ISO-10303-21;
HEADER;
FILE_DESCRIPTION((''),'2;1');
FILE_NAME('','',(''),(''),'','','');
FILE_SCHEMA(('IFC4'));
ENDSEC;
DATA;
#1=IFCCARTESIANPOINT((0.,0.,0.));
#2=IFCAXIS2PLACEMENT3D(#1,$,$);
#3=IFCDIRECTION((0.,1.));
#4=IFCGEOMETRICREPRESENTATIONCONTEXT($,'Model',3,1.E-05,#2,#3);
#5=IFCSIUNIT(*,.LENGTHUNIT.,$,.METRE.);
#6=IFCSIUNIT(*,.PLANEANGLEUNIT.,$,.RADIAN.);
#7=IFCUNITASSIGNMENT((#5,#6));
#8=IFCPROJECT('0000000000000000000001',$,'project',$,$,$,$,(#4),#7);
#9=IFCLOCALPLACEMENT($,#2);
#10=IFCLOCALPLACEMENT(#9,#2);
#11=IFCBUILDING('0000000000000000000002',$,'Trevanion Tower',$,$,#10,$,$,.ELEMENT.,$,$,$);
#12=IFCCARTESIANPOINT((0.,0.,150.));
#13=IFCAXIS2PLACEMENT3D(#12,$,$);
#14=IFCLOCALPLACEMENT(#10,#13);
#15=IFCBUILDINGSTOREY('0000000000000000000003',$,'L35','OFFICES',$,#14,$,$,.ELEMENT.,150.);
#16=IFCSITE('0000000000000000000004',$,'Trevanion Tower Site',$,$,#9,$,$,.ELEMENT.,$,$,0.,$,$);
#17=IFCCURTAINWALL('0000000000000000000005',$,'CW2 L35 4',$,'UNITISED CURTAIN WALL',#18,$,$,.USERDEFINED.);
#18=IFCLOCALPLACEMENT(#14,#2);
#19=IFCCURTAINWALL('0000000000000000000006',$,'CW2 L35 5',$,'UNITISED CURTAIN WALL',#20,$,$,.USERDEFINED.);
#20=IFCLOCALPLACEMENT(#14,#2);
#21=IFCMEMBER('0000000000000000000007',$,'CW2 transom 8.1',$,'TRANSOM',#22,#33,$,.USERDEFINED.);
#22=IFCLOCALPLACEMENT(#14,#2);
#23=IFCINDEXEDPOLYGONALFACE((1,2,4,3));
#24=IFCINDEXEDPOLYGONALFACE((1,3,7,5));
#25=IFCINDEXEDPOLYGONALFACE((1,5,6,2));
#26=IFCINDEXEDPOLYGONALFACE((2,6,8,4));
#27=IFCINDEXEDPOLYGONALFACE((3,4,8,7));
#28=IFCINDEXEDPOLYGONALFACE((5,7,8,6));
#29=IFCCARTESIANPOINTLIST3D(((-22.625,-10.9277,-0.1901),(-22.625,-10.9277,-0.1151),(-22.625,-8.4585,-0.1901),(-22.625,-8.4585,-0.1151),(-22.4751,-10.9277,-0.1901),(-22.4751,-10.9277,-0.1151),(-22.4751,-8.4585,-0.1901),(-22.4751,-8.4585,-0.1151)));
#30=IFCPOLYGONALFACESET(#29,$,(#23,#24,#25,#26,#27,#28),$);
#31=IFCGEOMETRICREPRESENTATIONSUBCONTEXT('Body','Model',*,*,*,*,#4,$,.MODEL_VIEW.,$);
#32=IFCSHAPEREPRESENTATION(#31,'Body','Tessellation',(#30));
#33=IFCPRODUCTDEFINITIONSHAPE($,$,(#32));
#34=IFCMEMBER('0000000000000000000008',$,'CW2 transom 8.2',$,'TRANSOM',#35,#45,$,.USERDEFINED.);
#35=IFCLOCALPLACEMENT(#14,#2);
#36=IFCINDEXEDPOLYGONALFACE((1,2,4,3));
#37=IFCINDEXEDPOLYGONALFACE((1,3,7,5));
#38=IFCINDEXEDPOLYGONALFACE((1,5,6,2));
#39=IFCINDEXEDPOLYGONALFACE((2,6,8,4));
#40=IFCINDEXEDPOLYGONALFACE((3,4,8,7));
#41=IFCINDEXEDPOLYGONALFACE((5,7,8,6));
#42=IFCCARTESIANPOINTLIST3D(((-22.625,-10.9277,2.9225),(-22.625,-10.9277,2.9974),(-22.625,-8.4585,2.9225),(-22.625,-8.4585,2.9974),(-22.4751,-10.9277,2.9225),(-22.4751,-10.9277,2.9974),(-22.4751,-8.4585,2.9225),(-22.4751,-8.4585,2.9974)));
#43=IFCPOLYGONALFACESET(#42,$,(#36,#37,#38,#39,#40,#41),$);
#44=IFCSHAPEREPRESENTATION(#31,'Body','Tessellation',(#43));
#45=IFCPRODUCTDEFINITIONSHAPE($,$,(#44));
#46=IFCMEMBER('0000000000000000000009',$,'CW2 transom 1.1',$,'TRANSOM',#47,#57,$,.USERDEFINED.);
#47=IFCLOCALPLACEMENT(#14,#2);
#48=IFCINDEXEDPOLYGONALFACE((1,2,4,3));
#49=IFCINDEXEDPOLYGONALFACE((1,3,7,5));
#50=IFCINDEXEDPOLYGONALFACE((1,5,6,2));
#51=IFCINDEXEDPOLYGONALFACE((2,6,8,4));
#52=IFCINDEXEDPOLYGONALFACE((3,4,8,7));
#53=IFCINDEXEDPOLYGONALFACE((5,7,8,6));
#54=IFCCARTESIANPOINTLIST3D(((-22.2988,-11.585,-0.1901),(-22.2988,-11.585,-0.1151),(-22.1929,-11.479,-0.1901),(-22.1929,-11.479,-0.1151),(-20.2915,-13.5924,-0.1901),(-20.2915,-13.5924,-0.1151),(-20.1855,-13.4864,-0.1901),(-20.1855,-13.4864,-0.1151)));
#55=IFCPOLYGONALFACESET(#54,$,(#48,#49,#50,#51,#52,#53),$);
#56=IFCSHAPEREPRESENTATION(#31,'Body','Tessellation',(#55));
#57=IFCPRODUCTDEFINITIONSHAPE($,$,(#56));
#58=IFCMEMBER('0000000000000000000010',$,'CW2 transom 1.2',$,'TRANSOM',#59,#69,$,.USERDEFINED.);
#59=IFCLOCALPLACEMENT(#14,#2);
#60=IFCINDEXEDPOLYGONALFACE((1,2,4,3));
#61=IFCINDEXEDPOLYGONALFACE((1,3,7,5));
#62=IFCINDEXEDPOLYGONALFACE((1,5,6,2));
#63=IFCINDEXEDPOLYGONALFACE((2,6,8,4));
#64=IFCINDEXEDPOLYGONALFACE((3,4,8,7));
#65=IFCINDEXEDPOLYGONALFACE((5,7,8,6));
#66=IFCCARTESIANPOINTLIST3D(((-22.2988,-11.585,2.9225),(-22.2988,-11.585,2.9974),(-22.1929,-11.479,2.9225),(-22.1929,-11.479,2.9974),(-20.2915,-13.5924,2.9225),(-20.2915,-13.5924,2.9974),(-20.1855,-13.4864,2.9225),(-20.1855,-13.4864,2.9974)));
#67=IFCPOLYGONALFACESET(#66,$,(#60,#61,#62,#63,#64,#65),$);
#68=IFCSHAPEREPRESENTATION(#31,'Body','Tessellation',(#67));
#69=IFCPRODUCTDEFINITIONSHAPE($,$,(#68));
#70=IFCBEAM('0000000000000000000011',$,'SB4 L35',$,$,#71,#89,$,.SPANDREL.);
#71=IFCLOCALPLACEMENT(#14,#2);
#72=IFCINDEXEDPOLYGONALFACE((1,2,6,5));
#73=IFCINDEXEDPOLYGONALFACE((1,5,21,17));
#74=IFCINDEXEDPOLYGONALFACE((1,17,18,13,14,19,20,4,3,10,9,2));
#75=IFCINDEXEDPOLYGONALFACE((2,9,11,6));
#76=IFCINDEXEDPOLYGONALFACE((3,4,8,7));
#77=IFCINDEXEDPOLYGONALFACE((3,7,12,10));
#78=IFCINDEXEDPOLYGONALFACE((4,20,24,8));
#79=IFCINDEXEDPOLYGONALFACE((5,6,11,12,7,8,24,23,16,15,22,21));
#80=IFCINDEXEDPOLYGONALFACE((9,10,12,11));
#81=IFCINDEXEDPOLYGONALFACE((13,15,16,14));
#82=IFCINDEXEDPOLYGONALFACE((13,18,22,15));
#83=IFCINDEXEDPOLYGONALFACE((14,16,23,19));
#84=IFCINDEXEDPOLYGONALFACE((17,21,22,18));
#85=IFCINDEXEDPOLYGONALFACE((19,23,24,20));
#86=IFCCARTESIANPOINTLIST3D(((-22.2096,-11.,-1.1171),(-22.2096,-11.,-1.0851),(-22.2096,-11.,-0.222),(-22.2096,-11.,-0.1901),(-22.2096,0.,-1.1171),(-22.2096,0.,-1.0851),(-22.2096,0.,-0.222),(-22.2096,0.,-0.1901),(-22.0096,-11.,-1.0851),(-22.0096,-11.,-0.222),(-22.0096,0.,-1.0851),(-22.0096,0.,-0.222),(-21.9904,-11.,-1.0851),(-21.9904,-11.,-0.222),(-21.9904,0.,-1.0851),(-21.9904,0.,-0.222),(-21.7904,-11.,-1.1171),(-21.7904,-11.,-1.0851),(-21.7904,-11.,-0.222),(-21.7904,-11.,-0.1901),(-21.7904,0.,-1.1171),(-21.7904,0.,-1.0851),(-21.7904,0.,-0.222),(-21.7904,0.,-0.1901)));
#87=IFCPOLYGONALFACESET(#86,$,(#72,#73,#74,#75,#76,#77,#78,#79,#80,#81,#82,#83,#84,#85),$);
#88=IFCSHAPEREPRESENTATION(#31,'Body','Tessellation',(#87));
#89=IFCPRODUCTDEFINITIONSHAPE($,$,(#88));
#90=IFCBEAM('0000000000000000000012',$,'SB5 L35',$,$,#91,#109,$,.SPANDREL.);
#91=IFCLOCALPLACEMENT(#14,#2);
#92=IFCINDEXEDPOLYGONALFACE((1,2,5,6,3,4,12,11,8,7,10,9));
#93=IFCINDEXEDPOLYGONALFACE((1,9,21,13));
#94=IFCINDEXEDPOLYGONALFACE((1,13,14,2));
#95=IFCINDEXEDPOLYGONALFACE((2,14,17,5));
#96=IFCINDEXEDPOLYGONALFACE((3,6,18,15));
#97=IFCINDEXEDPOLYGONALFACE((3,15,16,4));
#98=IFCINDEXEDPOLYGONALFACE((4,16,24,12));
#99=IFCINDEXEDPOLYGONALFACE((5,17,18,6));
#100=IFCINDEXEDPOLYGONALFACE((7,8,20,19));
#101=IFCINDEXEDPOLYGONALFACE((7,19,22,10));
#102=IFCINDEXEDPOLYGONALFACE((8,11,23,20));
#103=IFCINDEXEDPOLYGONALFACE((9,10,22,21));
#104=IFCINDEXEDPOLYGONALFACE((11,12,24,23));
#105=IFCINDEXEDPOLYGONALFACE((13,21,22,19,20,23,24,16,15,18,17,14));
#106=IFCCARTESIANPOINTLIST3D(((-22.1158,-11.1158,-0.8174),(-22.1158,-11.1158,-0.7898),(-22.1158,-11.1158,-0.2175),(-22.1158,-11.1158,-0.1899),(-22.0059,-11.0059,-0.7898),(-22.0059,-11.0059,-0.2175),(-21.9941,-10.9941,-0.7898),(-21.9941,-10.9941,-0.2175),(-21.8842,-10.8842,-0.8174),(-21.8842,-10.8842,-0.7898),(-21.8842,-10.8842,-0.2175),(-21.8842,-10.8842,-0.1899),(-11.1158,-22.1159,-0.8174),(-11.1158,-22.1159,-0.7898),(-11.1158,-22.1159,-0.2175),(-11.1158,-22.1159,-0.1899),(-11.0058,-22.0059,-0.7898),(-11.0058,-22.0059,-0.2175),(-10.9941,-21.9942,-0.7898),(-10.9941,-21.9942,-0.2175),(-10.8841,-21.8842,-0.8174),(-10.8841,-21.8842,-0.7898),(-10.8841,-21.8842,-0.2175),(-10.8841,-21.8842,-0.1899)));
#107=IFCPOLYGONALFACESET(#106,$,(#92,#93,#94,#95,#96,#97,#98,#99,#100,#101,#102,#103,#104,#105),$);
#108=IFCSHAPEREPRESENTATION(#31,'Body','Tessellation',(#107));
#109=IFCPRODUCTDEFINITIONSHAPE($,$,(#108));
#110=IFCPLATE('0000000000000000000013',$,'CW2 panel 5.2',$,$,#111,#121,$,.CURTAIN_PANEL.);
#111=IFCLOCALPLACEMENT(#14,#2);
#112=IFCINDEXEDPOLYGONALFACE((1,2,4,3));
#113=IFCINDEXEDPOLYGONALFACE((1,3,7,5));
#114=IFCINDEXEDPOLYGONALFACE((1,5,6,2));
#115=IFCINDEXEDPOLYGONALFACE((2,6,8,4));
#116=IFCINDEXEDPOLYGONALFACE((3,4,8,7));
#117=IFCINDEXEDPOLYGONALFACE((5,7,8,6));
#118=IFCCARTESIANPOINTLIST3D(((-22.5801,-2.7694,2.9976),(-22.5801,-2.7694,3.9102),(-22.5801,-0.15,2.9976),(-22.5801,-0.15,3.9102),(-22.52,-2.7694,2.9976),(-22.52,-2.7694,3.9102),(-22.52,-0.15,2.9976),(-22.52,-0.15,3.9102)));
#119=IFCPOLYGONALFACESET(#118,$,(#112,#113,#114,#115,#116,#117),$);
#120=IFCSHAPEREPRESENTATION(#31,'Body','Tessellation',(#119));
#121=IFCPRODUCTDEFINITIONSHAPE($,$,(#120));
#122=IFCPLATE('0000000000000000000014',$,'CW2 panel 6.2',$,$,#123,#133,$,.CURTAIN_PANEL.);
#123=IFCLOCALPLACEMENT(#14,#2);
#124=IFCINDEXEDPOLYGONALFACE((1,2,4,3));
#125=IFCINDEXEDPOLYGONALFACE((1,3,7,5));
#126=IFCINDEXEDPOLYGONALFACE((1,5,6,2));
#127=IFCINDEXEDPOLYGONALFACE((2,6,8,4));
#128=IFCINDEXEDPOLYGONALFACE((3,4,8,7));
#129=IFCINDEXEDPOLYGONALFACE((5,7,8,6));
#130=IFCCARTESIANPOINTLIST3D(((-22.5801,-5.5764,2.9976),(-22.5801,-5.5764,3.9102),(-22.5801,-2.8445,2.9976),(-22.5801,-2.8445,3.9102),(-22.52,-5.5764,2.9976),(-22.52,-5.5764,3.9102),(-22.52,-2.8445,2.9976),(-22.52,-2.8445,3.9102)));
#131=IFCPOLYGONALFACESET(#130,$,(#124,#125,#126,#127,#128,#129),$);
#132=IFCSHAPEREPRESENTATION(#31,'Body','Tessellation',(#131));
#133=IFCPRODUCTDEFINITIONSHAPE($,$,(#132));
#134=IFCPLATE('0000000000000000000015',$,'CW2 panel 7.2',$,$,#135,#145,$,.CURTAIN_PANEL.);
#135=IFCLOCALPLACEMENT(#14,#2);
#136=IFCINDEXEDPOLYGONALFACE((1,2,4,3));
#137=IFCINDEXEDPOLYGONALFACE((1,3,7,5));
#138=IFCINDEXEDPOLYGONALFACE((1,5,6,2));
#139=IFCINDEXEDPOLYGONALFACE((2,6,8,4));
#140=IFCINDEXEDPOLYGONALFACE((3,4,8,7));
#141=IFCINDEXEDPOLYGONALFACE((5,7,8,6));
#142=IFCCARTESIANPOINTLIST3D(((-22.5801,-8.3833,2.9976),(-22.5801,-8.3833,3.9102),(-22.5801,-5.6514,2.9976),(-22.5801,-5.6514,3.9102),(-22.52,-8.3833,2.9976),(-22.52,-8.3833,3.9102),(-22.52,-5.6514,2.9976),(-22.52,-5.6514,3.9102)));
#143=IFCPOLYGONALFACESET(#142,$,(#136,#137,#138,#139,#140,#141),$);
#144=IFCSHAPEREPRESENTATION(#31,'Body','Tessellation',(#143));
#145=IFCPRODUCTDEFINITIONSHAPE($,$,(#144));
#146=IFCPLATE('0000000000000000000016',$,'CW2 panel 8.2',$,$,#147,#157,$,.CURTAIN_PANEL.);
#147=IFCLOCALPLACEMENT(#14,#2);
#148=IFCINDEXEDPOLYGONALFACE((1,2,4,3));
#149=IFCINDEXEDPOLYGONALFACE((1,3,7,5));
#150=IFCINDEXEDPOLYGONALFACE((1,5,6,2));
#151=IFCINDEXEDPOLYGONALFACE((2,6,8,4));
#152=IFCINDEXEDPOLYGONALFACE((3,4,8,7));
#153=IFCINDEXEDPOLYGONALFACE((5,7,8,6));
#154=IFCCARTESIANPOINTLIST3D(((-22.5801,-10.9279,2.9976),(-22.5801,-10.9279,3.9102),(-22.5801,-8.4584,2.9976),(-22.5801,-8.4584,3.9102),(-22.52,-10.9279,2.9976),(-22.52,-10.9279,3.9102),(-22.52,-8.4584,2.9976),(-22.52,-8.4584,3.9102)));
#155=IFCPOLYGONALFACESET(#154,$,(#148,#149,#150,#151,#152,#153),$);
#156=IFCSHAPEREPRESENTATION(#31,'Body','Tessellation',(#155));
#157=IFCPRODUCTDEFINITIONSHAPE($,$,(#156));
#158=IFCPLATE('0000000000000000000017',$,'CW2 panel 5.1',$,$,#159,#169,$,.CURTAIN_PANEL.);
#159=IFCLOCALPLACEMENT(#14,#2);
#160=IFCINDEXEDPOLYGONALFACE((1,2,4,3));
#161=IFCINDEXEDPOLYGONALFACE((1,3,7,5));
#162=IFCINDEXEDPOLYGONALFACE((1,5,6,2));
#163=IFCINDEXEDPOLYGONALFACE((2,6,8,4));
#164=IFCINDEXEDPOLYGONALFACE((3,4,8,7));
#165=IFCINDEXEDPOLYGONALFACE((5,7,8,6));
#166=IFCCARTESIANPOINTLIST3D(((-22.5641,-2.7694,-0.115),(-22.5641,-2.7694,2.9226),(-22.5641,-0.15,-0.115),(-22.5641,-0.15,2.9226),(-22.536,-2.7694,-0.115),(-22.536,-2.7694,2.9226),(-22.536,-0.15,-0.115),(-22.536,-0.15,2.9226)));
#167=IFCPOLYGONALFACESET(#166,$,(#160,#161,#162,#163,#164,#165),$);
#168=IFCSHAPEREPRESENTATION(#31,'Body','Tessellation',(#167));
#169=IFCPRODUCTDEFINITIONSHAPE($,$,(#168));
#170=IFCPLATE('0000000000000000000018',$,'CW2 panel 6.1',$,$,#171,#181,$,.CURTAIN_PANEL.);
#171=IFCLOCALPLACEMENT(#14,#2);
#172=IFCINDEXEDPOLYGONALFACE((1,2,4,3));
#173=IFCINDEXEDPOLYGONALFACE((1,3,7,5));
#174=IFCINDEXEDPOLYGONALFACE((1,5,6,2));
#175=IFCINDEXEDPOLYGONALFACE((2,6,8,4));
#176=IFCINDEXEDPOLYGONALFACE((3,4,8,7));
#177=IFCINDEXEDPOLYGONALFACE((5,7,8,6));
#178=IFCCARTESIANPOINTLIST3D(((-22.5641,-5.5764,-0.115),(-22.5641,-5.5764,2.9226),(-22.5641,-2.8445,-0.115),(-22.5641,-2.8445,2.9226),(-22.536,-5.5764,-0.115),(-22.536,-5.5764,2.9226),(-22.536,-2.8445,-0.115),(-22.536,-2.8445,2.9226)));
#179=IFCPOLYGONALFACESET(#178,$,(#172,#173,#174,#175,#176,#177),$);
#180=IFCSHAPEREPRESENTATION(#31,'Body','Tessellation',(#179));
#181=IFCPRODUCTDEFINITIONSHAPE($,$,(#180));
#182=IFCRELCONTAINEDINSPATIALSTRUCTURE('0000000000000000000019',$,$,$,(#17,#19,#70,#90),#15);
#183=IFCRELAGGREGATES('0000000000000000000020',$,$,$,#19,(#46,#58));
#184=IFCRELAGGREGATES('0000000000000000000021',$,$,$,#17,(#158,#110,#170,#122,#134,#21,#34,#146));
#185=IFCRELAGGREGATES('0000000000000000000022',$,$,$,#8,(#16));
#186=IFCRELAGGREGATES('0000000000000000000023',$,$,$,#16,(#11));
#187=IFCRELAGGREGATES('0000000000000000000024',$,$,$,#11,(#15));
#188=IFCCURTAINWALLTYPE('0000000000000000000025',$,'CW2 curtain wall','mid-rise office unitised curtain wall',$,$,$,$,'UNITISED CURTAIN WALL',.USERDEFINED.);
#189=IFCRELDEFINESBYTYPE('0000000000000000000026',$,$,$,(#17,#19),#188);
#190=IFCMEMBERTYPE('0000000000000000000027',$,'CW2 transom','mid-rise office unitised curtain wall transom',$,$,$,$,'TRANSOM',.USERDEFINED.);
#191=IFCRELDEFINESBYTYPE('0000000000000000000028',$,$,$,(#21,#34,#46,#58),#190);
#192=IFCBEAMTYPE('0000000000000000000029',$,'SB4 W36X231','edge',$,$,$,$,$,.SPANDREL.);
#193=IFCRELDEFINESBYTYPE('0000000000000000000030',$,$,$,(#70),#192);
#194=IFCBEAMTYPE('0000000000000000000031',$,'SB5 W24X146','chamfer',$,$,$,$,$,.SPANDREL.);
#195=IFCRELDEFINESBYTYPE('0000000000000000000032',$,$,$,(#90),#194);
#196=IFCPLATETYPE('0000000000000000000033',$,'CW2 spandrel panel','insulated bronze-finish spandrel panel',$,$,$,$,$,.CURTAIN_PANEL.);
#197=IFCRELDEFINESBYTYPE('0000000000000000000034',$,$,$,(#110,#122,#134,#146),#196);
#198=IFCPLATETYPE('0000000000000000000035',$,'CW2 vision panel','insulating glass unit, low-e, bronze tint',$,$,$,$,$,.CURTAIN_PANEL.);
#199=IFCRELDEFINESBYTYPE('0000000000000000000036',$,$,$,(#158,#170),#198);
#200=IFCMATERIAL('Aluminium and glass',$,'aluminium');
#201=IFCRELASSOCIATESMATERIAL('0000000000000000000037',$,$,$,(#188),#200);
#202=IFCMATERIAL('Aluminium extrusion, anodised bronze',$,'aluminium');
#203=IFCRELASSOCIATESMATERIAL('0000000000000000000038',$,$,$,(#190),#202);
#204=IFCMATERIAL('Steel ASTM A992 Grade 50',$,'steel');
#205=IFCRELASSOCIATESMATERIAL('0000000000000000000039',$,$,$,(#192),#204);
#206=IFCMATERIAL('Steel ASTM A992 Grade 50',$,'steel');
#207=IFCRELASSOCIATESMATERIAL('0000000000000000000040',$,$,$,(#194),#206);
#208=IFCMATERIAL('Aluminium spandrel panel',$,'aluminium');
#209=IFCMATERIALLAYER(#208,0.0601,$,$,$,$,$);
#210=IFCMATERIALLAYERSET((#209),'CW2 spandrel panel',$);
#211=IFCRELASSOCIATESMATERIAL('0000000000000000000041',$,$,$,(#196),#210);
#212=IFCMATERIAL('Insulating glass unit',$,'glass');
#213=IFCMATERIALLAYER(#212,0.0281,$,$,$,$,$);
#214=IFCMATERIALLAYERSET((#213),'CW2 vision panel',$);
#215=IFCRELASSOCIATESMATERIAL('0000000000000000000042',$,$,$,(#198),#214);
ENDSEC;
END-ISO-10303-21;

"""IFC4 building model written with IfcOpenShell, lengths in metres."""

from ifc_helpers import new_model, si_unit, direction, frame, origin, origin_2d, place, context, subcontext, project, spatial, rectangle, i_section, extrude, material, layer, layer_set, material_profile, profile_set, type_object, element, aggregate, save


model = new_model("IFC4")

# Units and contexts
model_context = context("Model", 3, precision=1e-05, world=origin(), true_north=direction((0.0, 1.0)))
body_context = subcontext(model_context, "Body", "Model", "MODEL_VIEW")
ifc_project = project(units=[si_unit("LENGTHUNIT", "METRE"), si_unit("PLANEANGLEUNIT", "RADIAN")], contexts=[model_context])

# Site, building, storey
site_placement = place(None, origin())
site = spatial("IfcSite", under=ifc_project, at=site_placement, Name="Trevanion Tower Site", CompositionType="ELEMENT", RefElevation=0.0)
building_placement = place(site_placement, origin())
building = spatial("IfcBuilding", under=site, at=building_placement, Name="Trevanion Tower", CompositionType="ELEMENT")
storey_placement = place(building_placement, frame((0.0, 0.0, 150.0)))
storey = spatial("IfcBuildingStorey", under=building, at=storey_placement, Name="L35", Description="OFFICES", CompositionType="ELEMENT", Elevation=150.0)

# Curtain wall
ifc_material_1 = material(Name="Aluminium and glass", Category="aluminium")
curtain_wall_type = type_object("IfcCurtainWallType", Name="CW2 curtain wall", Description="mid-rise office unitised curtain wall", ElementType="UNITISED CURTAIN WALL", PredefinedType="USERDEFINED", material=ifc_material_1)
curtain_wall_1_placement = place(storey_placement, origin())
curtain_wall_1 = element("IfcCurtainWall", 1, at=curtain_wall_1_placement, inside=storey, type_object=curtain_wall_type, Name="CW2 L35 4", ObjectType="UNITISED CURTAIN WALL", PredefinedType="USERDEFINED")

# Curtain wall
curtain_wall_2_placement = place(storey_placement, origin())
curtain_wall_2 = element("IfcCurtainWall", 2, at=curtain_wall_2_placement, inside=storey, type_object=curtain_wall_type, Name="CW2 L35 5", ObjectType="UNITISED CURTAIN WALL", PredefinedType="USERDEFINED")

# Members
ifc_material_2 = material(Name="Aluminium extrusion, anodised bronze", Category="aluminium")
ifc_material_profile_1 = material_profile(ifc_material_2, rectangle(XDim=0.1499, YDim=0.075, at=origin_2d()), Name="CW2 transom")
ifc_profile_set_1 = profile_set([ifc_material_profile_1], Name="Aluminium extrusion, anodised bronze")
member_type_1 = type_object("IfcMemberType", Name="CW2 transom", Description="mid-rise office unitised curtain wall transom", ElementType="TRANSOM", PredefinedType="USERDEFINED", material=ifc_profile_set_1)
member_1_placement = place(storey_placement, frame((-22.55, -8.4585, -0.1526), z_axis=(0.0, -1.0, 0.0), x_axis=(1.0, 0.0, 0.0)))
member_1 = element("IfcMember", 3, at=member_1_placement, type_object=member_type_1, Name="CW2 transom 8.1", ObjectType="TRANSOM", PredefinedType="USERDEFINED", context=body_context, shape_type="SweptSolid", body=[
    extrude(rectangle(XDim=0.1499, YDim=0.075, at=origin_2d()), origin(), (0.0, 0.0, 1.0), 2.4692),
])
member_2_placement = place(storey_placement, frame((-22.55, -8.4585, 2.96), z_axis=(0.0, -1.0, 0.0), x_axis=(1.0, 0.0, 0.0)))
member_2 = element("IfcMember", 4, at=member_2_placement, type_object=member_type_1, Name="CW2 transom 8.2", ObjectType="TRANSOM", PredefinedType="USERDEFINED", context=body_context, shape_type="SweptSolid", body=[
    extrude(rectangle(XDim=0.1499, YDim=0.075, at=origin_2d()), origin(), (0.0, 0.0, 1.0), 2.4692),
])
member_3_placement = place(storey_placement, frame((-22.2458, -11.532, -0.1526), z_axis=(0.707107, -0.707107, 0.0), x_axis=(0.707107, 0.707107, 0.0)))
member_3 = element("IfcMember", 5, at=member_3_placement, type_object=member_type_1, Name="CW2 transom 1.1", ObjectType="TRANSOM", PredefinedType="USERDEFINED", context=body_context, shape_type="SweptSolid", body=[
    extrude(rectangle(XDim=0.1499, YDim=0.075, at=origin_2d()), origin(), (0.0, 0.0, 1.0), 2.8389),
])
member_4_placement = place(storey_placement, frame((-22.2458, -11.532, 2.96), z_axis=(0.707107, -0.707107, 0.0), x_axis=(0.707107, 0.707107, 0.0)))
member_4 = element("IfcMember", 6, at=member_4_placement, type_object=member_type_1, Name="CW2 transom 1.2", ObjectType="TRANSOM", PredefinedType="USERDEFINED", context=body_context, shape_type="SweptSolid", body=[
    extrude(rectangle(XDim=0.1499, YDim=0.075, at=origin_2d()), origin(), (0.0, 0.0, 1.0), 2.8389),
])
aggregate(curtain_wall_2, [member_3, member_4])

# Beams
ifc_material_3 = material(Name="Steel ASTM A992 Grade 50", Category="steel")
ifc_material_profile_2 = material_profile(ifc_material_3, i_section(OverallWidth=0.4192, OverallDepth=0.927, WebThickness=0.0193, FlangeThickness=0.032, at=origin_2d()), Name="W36X231")
ifc_profile_set_2 = profile_set([ifc_material_profile_2], Name="Steel ASTM A992 Grade 50")
beam_type_1 = type_object("IfcBeamType", Name="SB4 W36X231", Description="edge", PredefinedType="SPANDREL", material=ifc_profile_set_2)
beam_1_placement = place(storey_placement, frame((-22.0, 0.0, -0.6536), z_axis=(0.0, -1.0, 0.0), x_axis=(1.0, 0.0, 0.0)))
element("IfcBeam", 7, at=beam_1_placement, inside=storey, type_object=beam_type_1, Name="SB4 L35", PredefinedType="SPANDREL", context=body_context, shape_type="SweptSolid", body=[
    extrude(i_section(OverallWidth=0.4192, OverallDepth=0.927, WebThickness=0.0193, FlangeThickness=0.032, at=origin_2d()), origin(), (0.0, 0.0, 1.0), 11.0),
])
ifc_material_4 = material(Name="Steel ASTM A992 Grade 50", Category="steel")
ifc_material_profile_3 = material_profile(ifc_material_4, i_section(OverallWidth=0.3276, OverallDepth=0.6274, WebThickness=0.0166, FlangeThickness=0.0276, at=origin_2d()), Name="W24X146")
ifc_profile_set_3 = profile_set([ifc_material_profile_3], Name="Steel ASTM A992 Grade 50")
beam_type_2 = type_object("IfcBeamType", Name="SB5 W24X146", Description="chamfer", PredefinedType="SPANDREL", material=ifc_profile_set_3)
beam_2_placement = place(storey_placement, frame((-22.0, -11.0, -0.5037), z_axis=(0.707107, -0.707107, 0.0), x_axis=(0.707107, 0.707107, 0.0)))
element("IfcBeam", 8, at=beam_2_placement, inside=storey, type_object=beam_type_2, Name="SB5 L35", PredefinedType="SPANDREL", context=body_context, shape_type="SweptSolid", body=[
    extrude(i_section(OverallWidth=0.3276, OverallDepth=0.6274, WebThickness=0.0166, FlangeThickness=0.0276, at=origin_2d()), origin(), (0.0, 0.0, 1.0), 15.5564),
])

# Plates
ifc_material_5 = material(Name="Aluminium spandrel panel", Category="aluminium")
ifc_layer_1 = layer(ifc_material_5, 0.0601)
ifc_layer_set_1 = layer_set([ifc_layer_1], Name="CW2 spandrel panel")
plate_type_1 = type_object("IfcPlateType", Name="CW2 spandrel panel", Description="insulated bronze-finish spandrel panel", PredefinedType="CURTAIN_PANEL", material=ifc_layer_set_1)
plate_1_placement = place(storey_placement, frame((-22.55, -1.4597, 2.9976), z_axis=(0.0, 0.0, 1.0), x_axis=(0.0, -1.0, 0.0)))
plate_1 = element("IfcPlate", 9, at=plate_1_placement, type_object=plate_type_1, Name="CW2 panel 5.2", PredefinedType="CURTAIN_PANEL", context=body_context, shape_type="SweptSolid", body=[
    extrude(rectangle(XDim=2.6194, YDim=0.0601, at=origin_2d()), origin(), (0.0, 0.0, 1.0), 0.9126),
])
plate_2_placement = place(storey_placement, frame((-22.55, -4.2104, 2.9976), z_axis=(0.0, 0.0, 1.0), x_axis=(0.0, -1.0, 0.0)))
plate_2 = element("IfcPlate", 10, at=plate_2_placement, type_object=plate_type_1, Name="CW2 panel 6.2", PredefinedType="CURTAIN_PANEL", context=body_context, shape_type="SweptSolid", body=[
    extrude(rectangle(XDim=2.7319, YDim=0.0601, at=origin_2d()), origin(), (0.0, 0.0, 1.0), 0.9126),
])
plate_3_placement = place(storey_placement, frame((-22.55, -7.0173, 2.9976), z_axis=(0.0, 0.0, 1.0), x_axis=(0.0, -1.0, 0.0)))
plate_3 = element("IfcPlate", 11, at=plate_3_placement, type_object=plate_type_1, Name="CW2 panel 7.2", PredefinedType="CURTAIN_PANEL", context=body_context, shape_type="SweptSolid", body=[
    extrude(rectangle(XDim=2.7319, YDim=0.0601, at=origin_2d()), origin(), (0.0, 0.0, 1.0), 0.9126),
])
plate_4_placement = place(storey_placement, frame((-22.55, -9.6931, 2.9976), z_axis=(0.0, 0.0, 1.0), x_axis=(0.0, -1.0, 0.0)))
plate_4 = element("IfcPlate", 12, at=plate_4_placement, type_object=plate_type_1, Name="CW2 panel 8.2", PredefinedType="CURTAIN_PANEL", context=body_context, shape_type="SweptSolid", body=[
    extrude(rectangle(XDim=2.4695, YDim=0.0601, at=origin_2d()), origin(), (0.0, 0.0, 1.0), 0.9126),
])
ifc_material_6 = material(Name="Insulating glass unit", Category="glass")
ifc_layer_2 = layer(ifc_material_6, 0.0281)
ifc_layer_set_2 = layer_set([ifc_layer_2], Name="CW2 vision panel")
plate_type_2 = type_object("IfcPlateType", Name="CW2 vision panel", Description="insulating glass unit, low-e, bronze tint", PredefinedType="CURTAIN_PANEL", material=ifc_layer_set_2)
plate_5_placement = place(storey_placement, frame((-22.55, -1.4597, -0.115), z_axis=(0.0, 0.0, 1.0), x_axis=(0.0, -1.0, 0.0)))
plate_5 = element("IfcPlate", 13, at=plate_5_placement, type_object=plate_type_2, Name="CW2 panel 5.1", PredefinedType="CURTAIN_PANEL", context=body_context, shape_type="SweptSolid", body=[
    extrude(rectangle(XDim=2.6194, YDim=0.0281, at=origin_2d()), origin(), (0.0, 0.0, 1.0), 3.0376),
])
plate_6_placement = place(storey_placement, frame((-22.55, -4.2104, -0.115), z_axis=(0.0, 0.0, 1.0), x_axis=(0.0, -1.0, 0.0)))
plate_6 = element("IfcPlate", 14, at=plate_6_placement, type_object=plate_type_2, Name="CW2 panel 6.1", PredefinedType="CURTAIN_PANEL", context=body_context, shape_type="SweptSolid", body=[
    extrude(rectangle(XDim=2.7319, YDim=0.0281, at=origin_2d()), origin(), (0.0, 0.0, 1.0), 3.0376),
])
aggregate(curtain_wall_1, [plate_5, plate_1, plate_6, plate_2, plate_3, member_1, member_2, plate_4])

save(model, "model.ifc")
